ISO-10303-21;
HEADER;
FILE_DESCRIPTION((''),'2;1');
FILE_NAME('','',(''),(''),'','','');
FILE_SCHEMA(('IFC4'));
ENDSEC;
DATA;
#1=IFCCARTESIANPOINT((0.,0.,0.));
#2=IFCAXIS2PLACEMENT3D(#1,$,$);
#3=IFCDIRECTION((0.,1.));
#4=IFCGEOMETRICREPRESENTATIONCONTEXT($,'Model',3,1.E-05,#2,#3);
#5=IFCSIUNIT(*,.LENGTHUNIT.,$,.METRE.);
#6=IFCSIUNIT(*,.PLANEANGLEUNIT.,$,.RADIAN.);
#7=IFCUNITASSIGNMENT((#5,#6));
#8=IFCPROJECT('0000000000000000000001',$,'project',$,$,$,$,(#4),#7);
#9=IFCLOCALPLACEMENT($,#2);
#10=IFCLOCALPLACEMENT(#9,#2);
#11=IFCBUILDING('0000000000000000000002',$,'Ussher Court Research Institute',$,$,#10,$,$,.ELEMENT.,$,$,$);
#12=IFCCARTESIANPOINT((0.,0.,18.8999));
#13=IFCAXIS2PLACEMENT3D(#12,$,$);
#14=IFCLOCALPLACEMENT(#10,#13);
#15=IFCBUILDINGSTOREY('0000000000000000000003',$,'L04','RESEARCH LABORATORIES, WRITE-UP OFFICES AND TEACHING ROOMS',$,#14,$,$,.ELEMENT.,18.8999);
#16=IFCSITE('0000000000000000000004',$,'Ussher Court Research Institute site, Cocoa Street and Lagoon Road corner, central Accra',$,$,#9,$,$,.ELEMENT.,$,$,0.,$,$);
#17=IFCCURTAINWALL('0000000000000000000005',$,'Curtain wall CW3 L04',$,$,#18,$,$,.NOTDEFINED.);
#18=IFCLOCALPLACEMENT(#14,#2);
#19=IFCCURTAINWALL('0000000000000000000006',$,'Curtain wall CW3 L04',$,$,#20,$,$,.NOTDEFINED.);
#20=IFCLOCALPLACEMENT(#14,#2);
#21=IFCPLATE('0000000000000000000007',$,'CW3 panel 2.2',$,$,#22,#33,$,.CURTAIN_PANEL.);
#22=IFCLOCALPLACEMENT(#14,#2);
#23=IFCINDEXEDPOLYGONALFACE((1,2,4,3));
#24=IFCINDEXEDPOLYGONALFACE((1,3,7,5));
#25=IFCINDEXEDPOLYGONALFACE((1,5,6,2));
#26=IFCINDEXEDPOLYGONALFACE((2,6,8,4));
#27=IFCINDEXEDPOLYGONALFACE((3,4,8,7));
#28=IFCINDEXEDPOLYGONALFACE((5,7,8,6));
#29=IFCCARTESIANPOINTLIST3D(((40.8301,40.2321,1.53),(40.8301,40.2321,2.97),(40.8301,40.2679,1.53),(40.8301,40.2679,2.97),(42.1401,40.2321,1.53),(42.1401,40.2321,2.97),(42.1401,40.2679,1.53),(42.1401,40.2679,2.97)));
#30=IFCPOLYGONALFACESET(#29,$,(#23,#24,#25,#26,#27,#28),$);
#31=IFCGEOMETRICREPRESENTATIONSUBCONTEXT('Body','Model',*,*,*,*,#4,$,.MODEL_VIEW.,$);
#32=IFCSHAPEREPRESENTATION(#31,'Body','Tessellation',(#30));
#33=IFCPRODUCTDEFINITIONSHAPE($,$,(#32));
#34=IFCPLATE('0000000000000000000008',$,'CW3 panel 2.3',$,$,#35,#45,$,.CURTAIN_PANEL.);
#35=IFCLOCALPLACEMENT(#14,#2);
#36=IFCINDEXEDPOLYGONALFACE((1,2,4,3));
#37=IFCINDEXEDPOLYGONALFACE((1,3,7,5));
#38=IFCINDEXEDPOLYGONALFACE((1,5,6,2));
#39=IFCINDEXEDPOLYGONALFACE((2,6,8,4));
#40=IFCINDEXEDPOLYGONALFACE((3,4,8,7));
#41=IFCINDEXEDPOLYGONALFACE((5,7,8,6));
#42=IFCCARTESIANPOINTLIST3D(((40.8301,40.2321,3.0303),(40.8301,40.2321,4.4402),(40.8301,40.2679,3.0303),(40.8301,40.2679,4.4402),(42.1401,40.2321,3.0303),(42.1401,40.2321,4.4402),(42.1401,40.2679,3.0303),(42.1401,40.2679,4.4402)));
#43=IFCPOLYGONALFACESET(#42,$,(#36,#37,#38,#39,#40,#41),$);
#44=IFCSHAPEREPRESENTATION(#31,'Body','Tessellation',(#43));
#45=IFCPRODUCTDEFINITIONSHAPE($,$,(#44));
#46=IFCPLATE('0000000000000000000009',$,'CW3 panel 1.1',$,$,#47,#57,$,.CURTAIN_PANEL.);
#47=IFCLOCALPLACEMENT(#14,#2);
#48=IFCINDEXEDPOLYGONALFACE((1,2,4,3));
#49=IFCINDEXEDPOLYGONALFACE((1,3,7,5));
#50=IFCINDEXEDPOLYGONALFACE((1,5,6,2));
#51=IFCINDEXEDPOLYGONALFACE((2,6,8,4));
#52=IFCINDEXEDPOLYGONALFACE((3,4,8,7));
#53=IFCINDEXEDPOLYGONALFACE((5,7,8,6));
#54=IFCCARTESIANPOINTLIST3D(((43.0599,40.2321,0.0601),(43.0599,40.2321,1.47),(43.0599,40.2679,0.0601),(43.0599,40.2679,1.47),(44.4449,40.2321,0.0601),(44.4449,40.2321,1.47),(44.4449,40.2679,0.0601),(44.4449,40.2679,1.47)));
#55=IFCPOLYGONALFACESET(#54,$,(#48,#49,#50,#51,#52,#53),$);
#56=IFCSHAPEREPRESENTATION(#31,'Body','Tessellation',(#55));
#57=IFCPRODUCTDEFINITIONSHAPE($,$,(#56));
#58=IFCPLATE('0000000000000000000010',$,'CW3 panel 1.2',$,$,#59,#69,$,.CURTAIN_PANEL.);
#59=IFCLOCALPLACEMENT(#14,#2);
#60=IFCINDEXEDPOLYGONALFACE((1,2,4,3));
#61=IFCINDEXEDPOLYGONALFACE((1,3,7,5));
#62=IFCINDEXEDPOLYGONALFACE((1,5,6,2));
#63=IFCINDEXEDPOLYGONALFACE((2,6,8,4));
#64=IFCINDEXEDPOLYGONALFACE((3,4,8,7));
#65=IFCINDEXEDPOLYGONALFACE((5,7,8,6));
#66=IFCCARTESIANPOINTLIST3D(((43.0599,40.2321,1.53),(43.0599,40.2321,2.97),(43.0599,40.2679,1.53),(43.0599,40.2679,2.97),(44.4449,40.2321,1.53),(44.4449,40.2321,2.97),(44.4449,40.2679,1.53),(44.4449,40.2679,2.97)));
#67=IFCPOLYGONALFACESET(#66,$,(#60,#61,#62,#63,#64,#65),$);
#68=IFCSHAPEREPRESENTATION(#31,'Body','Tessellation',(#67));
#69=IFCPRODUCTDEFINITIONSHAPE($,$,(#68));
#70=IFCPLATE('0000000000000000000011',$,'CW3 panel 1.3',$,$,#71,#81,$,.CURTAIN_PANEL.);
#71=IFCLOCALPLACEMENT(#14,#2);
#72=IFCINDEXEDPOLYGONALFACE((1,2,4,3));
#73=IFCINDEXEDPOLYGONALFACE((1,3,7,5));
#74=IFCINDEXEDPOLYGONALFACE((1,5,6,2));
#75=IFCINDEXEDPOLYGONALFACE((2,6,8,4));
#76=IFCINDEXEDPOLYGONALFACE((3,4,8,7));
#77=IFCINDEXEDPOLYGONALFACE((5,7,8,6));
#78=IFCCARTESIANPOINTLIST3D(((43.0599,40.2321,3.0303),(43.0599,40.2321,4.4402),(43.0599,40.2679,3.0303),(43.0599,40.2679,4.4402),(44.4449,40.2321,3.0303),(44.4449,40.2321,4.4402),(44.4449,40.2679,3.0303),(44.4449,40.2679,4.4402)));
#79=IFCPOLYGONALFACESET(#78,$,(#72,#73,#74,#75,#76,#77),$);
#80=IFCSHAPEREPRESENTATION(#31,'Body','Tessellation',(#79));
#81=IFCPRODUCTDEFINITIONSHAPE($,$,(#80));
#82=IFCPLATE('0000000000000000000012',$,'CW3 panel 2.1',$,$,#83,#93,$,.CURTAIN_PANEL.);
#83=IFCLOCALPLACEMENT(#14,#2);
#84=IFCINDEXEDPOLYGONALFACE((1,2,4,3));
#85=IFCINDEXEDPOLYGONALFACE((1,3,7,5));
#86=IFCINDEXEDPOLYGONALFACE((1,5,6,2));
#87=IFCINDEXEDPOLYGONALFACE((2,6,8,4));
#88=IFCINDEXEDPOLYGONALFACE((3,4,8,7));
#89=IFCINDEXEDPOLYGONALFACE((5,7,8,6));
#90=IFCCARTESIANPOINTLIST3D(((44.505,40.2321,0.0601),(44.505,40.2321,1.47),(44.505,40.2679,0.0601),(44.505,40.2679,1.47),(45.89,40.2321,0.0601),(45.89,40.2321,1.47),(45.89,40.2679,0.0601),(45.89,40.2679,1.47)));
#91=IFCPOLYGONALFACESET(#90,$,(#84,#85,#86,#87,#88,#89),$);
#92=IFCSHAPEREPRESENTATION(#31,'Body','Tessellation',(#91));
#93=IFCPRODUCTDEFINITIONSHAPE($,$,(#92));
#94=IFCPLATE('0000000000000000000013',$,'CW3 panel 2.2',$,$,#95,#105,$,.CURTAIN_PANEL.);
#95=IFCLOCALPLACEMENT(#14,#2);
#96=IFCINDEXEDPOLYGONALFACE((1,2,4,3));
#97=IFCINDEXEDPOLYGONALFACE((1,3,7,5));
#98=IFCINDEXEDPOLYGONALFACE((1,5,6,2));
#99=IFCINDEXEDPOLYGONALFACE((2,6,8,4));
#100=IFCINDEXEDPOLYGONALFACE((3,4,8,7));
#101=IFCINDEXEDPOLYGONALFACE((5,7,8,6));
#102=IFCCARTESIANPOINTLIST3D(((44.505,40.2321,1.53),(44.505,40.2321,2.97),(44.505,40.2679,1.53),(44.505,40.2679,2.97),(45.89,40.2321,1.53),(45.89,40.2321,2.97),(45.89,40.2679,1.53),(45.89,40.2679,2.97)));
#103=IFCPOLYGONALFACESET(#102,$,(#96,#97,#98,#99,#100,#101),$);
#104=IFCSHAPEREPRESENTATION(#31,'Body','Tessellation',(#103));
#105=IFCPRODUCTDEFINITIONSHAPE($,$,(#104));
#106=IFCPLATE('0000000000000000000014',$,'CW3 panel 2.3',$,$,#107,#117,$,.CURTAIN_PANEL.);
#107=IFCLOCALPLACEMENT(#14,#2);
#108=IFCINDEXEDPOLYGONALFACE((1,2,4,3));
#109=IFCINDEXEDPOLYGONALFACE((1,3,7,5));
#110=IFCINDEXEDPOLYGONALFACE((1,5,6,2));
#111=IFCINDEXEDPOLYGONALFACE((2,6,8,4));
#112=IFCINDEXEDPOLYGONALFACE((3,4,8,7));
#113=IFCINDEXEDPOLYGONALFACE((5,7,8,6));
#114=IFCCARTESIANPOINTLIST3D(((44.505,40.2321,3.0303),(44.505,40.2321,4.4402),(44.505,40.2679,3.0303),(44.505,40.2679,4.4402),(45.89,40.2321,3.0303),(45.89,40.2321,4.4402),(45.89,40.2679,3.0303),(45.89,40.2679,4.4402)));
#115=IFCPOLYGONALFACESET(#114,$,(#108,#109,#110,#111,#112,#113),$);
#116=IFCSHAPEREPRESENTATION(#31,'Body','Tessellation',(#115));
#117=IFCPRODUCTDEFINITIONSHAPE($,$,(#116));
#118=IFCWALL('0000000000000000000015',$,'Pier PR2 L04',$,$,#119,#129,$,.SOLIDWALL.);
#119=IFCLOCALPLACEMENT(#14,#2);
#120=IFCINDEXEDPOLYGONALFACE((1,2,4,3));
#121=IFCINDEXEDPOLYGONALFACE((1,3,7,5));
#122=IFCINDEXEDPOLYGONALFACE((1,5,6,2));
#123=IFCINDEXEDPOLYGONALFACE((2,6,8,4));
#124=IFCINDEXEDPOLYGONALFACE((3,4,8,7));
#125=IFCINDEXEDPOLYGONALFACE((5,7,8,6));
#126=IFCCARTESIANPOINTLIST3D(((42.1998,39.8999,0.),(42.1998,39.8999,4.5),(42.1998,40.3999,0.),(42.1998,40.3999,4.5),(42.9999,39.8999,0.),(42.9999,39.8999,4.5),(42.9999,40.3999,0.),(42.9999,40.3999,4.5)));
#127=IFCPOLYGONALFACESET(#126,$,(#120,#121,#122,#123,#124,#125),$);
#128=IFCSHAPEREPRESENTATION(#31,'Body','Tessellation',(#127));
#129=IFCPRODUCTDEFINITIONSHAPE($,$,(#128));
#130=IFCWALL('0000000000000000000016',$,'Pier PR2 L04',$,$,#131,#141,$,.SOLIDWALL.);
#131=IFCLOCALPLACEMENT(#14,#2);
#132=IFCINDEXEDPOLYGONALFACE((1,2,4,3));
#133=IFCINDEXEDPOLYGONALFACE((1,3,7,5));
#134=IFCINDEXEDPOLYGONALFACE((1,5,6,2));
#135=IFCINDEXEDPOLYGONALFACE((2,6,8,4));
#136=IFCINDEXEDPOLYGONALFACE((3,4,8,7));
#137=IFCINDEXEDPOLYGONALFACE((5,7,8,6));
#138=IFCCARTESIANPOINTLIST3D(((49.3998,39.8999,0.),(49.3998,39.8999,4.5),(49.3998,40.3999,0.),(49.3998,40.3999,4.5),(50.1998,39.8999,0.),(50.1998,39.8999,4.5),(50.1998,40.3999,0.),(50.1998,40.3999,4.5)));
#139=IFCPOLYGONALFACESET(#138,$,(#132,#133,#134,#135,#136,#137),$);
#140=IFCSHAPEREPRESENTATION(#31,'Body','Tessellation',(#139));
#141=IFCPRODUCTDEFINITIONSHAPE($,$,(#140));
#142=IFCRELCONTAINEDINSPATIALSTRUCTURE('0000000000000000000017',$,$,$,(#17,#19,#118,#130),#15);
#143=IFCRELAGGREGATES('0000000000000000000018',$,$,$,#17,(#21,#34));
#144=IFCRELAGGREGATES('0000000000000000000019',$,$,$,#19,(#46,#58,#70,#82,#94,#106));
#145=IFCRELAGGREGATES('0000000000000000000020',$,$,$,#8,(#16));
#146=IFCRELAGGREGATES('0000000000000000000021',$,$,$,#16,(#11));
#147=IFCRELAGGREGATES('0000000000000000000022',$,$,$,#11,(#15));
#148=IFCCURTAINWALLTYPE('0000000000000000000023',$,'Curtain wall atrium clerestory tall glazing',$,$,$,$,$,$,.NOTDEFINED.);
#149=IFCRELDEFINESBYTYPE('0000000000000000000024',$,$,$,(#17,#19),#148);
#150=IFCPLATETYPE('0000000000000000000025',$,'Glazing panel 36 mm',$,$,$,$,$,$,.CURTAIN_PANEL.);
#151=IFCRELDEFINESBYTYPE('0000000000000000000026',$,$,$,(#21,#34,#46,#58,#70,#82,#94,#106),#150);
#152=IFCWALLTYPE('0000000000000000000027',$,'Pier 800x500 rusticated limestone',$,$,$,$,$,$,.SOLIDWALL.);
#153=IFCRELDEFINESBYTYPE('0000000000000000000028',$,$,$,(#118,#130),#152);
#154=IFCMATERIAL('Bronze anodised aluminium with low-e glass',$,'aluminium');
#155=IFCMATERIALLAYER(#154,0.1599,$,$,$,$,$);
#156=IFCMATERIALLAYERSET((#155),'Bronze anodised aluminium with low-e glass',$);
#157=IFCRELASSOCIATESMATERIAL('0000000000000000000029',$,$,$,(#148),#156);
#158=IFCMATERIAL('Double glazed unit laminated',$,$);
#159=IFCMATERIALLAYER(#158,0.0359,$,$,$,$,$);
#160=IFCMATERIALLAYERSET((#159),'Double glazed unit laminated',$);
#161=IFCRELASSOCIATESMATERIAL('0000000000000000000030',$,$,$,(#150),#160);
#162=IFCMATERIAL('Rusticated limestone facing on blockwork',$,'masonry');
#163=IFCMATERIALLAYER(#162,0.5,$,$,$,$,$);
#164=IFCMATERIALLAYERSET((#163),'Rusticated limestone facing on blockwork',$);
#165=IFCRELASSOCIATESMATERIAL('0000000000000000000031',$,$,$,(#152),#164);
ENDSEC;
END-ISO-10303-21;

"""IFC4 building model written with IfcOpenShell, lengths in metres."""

from ifc_helpers import new_model, si_unit, direction, frame, frame_2d, origin, origin_2d, place, context, subcontext, project, spatial, rectangle, extrude, material, layer, layer_set, type_object, element, aggregate, save


model = new_model("IFC4")

# Units and contexts
model_context = context("Model", 3, precision=1e-05, world=origin(), true_north=direction((0.0, 1.0)))
body_context = subcontext(model_context, "Body", "Model", "MODEL_VIEW")
ifc_project = project(units=[si_unit("LENGTHUNIT", "METRE"), si_unit("PLANEANGLEUNIT", "RADIAN")], contexts=[model_context])

# Site, building, storey
site_placement = place(None, origin())
site = spatial("IfcSite", under=ifc_project, at=site_placement, Name="Ussher Court Research Institute site, Cocoa Street and Lagoon Road corner, central Accra", CompositionType="ELEMENT", RefElevation=0.0)
building_placement = place(site_placement, origin())
building = spatial("IfcBuilding", under=site, at=building_placement, Name="Ussher Court Research Institute", CompositionType="ELEMENT")
storey_placement = place(building_placement, frame((0.0, 0.0, 18.8999)))
storey = spatial("IfcBuildingStorey", under=building, at=storey_placement, Name="L04", Description="RESEARCH LABORATORIES, WRITE-UP OFFICES AND TEACHING ROOMS", CompositionType="ELEMENT", Elevation=18.8999)

# Curtain wall
ifc_material_1 = material(Name="Bronze anodised aluminium with low-e glass", Category="aluminium")
ifc_layer_1 = layer(ifc_material_1, 0.1599)
ifc_layer_set_1 = layer_set([ifc_layer_1], Name="Bronze anodised aluminium with low-e glass")
curtain_wall_type = type_object("IfcCurtainWallType", Name="Curtain wall atrium clerestory tall glazing", PredefinedType="NOTDEFINED", material=ifc_layer_set_1)
curtain_wall_1_placement = place(storey_placement, origin())
curtain_wall_1 = element("IfcCurtainWall", 1, at=curtain_wall_1_placement, inside=storey, type_object=curtain_wall_type, Name="Curtain wall CW3 L04", PredefinedType="NOTDEFINED")

# Curtain wall
curtain_wall_2_placement = place(storey_placement, origin())
curtain_wall_2 = element("IfcCurtainWall", 2, at=curtain_wall_2_placement, inside=storey, type_object=curtain_wall_type, Name="Curtain wall CW3 L04", PredefinedType="NOTDEFINED")

# Plates
ifc_material_2 = material(Name="Double glazed unit laminated")
ifc_layer_2 = layer(ifc_material_2, 0.0359)
ifc_layer_set_2 = layer_set([ifc_layer_2], Name="Double glazed unit laminated")
plate_type = type_object("IfcPlateType", Name="Glazing panel 36 mm", PredefinedType="CURTAIN_PANEL", material=ifc_layer_set_2)
plate_1_placement = place(storey_placement, frame((41.4851, 40.25, 1.53), z_axis=(0.0, 0.0, 1.0), x_axis=(1.0, 0.0, 0.0)))
plate_1 = element("IfcPlate", 3, at=plate_1_placement, type_object=plate_type, Name="CW3 panel 2.2", PredefinedType="CURTAIN_PANEL", context=body_context, shape_type="SweptSolid", body=[
    extrude(rectangle(XDim=1.3101, YDim=0.0359, at=origin_2d()), origin(), (0.0, 0.0, 1.0), 1.4399),
])
plate_2_placement = place(storey_placement, frame((41.4851, 40.25, 3.0303), z_axis=(0.0, 0.0, 1.0), x_axis=(1.0, 0.0, 0.0)))
plate_2 = element("IfcPlate", 4, at=plate_2_placement, type_object=plate_type, Name="CW3 panel 2.3", PredefinedType="CURTAIN_PANEL", context=body_context, shape_type="SweptSolid", body=[
    extrude(rectangle(XDim=1.3101, YDim=0.0359, at=origin_2d()), origin(), (0.0, 0.0, 1.0), 1.4099),
])
aggregate(curtain_wall_1, [plate_1, plate_2])
plate_3_placement = place(storey_placement, frame((43.7524, 40.25, 0.0601), z_axis=(0.0, 0.0, 1.0), x_axis=(1.0, 0.0, 0.0)))
plate_3 = element("IfcPlate", 5, at=plate_3_placement, type_object=plate_type, Name="CW3 panel 1.1", PredefinedType="CURTAIN_PANEL", context=body_context, shape_type="SweptSolid", body=[
    extrude(rectangle(XDim=1.385, YDim=0.0359, at=origin_2d()), origin(), (0.0, 0.0, 1.0), 1.4099),
])
plate_4_placement = place(storey_placement, frame((43.7524, 40.25, 1.53), z_axis=(0.0, 0.0, 1.0), x_axis=(1.0, 0.0, 0.0)))
plate_4 = element("IfcPlate", 6, at=plate_4_placement, type_object=plate_type, Name="CW3 panel 1.2", PredefinedType="CURTAIN_PANEL", context=body_context, shape_type="SweptSolid", body=[
    extrude(rectangle(XDim=1.385, YDim=0.0359, at=origin_2d()), origin(), (0.0, 0.0, 1.0), 1.4399),
])
plate_5_placement = place(storey_placement, frame((43.7524, 40.25, 3.0303), z_axis=(0.0, 0.0, 1.0), x_axis=(1.0, 0.0, 0.0)))
plate_5 = element("IfcPlate", 7, at=plate_5_placement, type_object=plate_type, Name="CW3 panel 1.3", PredefinedType="CURTAIN_PANEL", context=body_context, shape_type="SweptSolid", body=[
    extrude(rectangle(XDim=1.385, YDim=0.0359, at=origin_2d()), origin(), (0.0, 0.0, 1.0), 1.4099),
])
plate_6_placement = place(storey_placement, frame((45.1975, 40.25, 0.0601), z_axis=(0.0, 0.0, 1.0), x_axis=(1.0, 0.0, 0.0)))
plate_6 = element("IfcPlate", 8, at=plate_6_placement, type_object=plate_type, Name="CW3 panel 2.1", PredefinedType="CURTAIN_PANEL", context=body_context, shape_type="SweptSolid", body=[
    extrude(rectangle(XDim=1.385, YDim=0.0359, at=origin_2d()), origin(), (0.0, 0.0, 1.0), 1.4099),
])
plate_7_placement = place(storey_placement, frame((45.1975, 40.25, 1.53), z_axis=(0.0, 0.0, 1.0), x_axis=(1.0, 0.0, 0.0)))
plate_7 = element("IfcPlate", 9, at=plate_7_placement, type_object=plate_type, Name="CW3 panel 2.2", PredefinedType="CURTAIN_PANEL", context=body_context, shape_type="SweptSolid", body=[
    extrude(rectangle(XDim=1.385, YDim=0.0359, at=origin_2d()), origin(), (0.0, 0.0, 1.0), 1.4399),
])
plate_8_placement = place(storey_placement, frame((45.1975, 40.25, 3.0303), z_axis=(0.0, 0.0, 1.0), x_axis=(1.0, 0.0, 0.0)))
plate_8 = element("IfcPlate", 10, at=plate_8_placement, type_object=plate_type, Name="CW3 panel 2.3", PredefinedType="CURTAIN_PANEL", context=body_context, shape_type="SweptSolid", body=[
    extrude(rectangle(XDim=1.385, YDim=0.0359, at=origin_2d()), origin(), (0.0, 0.0, 1.0), 1.4099),
])
aggregate(curtain_wall_2, [plate_3, plate_4, plate_5, plate_6, plate_7, plate_8])

# Walls
ifc_material_3 = material(Name="Rusticated limestone facing on blockwork", Category="masonry")
ifc_layer_3 = layer(ifc_material_3, 0.5)
ifc_layer_set_3 = layer_set([ifc_layer_3], Name="Rusticated limestone facing on blockwork")
wall_type = type_object("IfcWallType", Name="Pier 800x500 rusticated limestone", PredefinedType="SOLIDWALL", material=ifc_layer_set_3)
for number, where, z_axis, x_axis, name in (
    (11, (42.2, 40.1499, 0.0), (0.0, 0.0, 1.0), (1.0, 0.0, 0.0), "Pier PR2 L04"),
    (12, (49.3999, 40.1499, 0.0), (0.0, 0.0, 1.0), (1.0, 0.0, 0.0), "Pier PR2 L04"),
):
    element("IfcWall", number, at=place(storey_placement, frame(where, z_axis=z_axis, x_axis=x_axis)), inside=storey, type_object=wall_type, Name=name, PredefinedType="SOLIDWALL", context=body_context, shape_type="SweptSolid", body=[
        extrude(rectangle(XDim=0.8, YDim=0.5, at=frame_2d((0.3999, 0.0))), origin(), (0.0, 0.0, 1.0), 4.5),
    ])

save(model, "model.ifc")
